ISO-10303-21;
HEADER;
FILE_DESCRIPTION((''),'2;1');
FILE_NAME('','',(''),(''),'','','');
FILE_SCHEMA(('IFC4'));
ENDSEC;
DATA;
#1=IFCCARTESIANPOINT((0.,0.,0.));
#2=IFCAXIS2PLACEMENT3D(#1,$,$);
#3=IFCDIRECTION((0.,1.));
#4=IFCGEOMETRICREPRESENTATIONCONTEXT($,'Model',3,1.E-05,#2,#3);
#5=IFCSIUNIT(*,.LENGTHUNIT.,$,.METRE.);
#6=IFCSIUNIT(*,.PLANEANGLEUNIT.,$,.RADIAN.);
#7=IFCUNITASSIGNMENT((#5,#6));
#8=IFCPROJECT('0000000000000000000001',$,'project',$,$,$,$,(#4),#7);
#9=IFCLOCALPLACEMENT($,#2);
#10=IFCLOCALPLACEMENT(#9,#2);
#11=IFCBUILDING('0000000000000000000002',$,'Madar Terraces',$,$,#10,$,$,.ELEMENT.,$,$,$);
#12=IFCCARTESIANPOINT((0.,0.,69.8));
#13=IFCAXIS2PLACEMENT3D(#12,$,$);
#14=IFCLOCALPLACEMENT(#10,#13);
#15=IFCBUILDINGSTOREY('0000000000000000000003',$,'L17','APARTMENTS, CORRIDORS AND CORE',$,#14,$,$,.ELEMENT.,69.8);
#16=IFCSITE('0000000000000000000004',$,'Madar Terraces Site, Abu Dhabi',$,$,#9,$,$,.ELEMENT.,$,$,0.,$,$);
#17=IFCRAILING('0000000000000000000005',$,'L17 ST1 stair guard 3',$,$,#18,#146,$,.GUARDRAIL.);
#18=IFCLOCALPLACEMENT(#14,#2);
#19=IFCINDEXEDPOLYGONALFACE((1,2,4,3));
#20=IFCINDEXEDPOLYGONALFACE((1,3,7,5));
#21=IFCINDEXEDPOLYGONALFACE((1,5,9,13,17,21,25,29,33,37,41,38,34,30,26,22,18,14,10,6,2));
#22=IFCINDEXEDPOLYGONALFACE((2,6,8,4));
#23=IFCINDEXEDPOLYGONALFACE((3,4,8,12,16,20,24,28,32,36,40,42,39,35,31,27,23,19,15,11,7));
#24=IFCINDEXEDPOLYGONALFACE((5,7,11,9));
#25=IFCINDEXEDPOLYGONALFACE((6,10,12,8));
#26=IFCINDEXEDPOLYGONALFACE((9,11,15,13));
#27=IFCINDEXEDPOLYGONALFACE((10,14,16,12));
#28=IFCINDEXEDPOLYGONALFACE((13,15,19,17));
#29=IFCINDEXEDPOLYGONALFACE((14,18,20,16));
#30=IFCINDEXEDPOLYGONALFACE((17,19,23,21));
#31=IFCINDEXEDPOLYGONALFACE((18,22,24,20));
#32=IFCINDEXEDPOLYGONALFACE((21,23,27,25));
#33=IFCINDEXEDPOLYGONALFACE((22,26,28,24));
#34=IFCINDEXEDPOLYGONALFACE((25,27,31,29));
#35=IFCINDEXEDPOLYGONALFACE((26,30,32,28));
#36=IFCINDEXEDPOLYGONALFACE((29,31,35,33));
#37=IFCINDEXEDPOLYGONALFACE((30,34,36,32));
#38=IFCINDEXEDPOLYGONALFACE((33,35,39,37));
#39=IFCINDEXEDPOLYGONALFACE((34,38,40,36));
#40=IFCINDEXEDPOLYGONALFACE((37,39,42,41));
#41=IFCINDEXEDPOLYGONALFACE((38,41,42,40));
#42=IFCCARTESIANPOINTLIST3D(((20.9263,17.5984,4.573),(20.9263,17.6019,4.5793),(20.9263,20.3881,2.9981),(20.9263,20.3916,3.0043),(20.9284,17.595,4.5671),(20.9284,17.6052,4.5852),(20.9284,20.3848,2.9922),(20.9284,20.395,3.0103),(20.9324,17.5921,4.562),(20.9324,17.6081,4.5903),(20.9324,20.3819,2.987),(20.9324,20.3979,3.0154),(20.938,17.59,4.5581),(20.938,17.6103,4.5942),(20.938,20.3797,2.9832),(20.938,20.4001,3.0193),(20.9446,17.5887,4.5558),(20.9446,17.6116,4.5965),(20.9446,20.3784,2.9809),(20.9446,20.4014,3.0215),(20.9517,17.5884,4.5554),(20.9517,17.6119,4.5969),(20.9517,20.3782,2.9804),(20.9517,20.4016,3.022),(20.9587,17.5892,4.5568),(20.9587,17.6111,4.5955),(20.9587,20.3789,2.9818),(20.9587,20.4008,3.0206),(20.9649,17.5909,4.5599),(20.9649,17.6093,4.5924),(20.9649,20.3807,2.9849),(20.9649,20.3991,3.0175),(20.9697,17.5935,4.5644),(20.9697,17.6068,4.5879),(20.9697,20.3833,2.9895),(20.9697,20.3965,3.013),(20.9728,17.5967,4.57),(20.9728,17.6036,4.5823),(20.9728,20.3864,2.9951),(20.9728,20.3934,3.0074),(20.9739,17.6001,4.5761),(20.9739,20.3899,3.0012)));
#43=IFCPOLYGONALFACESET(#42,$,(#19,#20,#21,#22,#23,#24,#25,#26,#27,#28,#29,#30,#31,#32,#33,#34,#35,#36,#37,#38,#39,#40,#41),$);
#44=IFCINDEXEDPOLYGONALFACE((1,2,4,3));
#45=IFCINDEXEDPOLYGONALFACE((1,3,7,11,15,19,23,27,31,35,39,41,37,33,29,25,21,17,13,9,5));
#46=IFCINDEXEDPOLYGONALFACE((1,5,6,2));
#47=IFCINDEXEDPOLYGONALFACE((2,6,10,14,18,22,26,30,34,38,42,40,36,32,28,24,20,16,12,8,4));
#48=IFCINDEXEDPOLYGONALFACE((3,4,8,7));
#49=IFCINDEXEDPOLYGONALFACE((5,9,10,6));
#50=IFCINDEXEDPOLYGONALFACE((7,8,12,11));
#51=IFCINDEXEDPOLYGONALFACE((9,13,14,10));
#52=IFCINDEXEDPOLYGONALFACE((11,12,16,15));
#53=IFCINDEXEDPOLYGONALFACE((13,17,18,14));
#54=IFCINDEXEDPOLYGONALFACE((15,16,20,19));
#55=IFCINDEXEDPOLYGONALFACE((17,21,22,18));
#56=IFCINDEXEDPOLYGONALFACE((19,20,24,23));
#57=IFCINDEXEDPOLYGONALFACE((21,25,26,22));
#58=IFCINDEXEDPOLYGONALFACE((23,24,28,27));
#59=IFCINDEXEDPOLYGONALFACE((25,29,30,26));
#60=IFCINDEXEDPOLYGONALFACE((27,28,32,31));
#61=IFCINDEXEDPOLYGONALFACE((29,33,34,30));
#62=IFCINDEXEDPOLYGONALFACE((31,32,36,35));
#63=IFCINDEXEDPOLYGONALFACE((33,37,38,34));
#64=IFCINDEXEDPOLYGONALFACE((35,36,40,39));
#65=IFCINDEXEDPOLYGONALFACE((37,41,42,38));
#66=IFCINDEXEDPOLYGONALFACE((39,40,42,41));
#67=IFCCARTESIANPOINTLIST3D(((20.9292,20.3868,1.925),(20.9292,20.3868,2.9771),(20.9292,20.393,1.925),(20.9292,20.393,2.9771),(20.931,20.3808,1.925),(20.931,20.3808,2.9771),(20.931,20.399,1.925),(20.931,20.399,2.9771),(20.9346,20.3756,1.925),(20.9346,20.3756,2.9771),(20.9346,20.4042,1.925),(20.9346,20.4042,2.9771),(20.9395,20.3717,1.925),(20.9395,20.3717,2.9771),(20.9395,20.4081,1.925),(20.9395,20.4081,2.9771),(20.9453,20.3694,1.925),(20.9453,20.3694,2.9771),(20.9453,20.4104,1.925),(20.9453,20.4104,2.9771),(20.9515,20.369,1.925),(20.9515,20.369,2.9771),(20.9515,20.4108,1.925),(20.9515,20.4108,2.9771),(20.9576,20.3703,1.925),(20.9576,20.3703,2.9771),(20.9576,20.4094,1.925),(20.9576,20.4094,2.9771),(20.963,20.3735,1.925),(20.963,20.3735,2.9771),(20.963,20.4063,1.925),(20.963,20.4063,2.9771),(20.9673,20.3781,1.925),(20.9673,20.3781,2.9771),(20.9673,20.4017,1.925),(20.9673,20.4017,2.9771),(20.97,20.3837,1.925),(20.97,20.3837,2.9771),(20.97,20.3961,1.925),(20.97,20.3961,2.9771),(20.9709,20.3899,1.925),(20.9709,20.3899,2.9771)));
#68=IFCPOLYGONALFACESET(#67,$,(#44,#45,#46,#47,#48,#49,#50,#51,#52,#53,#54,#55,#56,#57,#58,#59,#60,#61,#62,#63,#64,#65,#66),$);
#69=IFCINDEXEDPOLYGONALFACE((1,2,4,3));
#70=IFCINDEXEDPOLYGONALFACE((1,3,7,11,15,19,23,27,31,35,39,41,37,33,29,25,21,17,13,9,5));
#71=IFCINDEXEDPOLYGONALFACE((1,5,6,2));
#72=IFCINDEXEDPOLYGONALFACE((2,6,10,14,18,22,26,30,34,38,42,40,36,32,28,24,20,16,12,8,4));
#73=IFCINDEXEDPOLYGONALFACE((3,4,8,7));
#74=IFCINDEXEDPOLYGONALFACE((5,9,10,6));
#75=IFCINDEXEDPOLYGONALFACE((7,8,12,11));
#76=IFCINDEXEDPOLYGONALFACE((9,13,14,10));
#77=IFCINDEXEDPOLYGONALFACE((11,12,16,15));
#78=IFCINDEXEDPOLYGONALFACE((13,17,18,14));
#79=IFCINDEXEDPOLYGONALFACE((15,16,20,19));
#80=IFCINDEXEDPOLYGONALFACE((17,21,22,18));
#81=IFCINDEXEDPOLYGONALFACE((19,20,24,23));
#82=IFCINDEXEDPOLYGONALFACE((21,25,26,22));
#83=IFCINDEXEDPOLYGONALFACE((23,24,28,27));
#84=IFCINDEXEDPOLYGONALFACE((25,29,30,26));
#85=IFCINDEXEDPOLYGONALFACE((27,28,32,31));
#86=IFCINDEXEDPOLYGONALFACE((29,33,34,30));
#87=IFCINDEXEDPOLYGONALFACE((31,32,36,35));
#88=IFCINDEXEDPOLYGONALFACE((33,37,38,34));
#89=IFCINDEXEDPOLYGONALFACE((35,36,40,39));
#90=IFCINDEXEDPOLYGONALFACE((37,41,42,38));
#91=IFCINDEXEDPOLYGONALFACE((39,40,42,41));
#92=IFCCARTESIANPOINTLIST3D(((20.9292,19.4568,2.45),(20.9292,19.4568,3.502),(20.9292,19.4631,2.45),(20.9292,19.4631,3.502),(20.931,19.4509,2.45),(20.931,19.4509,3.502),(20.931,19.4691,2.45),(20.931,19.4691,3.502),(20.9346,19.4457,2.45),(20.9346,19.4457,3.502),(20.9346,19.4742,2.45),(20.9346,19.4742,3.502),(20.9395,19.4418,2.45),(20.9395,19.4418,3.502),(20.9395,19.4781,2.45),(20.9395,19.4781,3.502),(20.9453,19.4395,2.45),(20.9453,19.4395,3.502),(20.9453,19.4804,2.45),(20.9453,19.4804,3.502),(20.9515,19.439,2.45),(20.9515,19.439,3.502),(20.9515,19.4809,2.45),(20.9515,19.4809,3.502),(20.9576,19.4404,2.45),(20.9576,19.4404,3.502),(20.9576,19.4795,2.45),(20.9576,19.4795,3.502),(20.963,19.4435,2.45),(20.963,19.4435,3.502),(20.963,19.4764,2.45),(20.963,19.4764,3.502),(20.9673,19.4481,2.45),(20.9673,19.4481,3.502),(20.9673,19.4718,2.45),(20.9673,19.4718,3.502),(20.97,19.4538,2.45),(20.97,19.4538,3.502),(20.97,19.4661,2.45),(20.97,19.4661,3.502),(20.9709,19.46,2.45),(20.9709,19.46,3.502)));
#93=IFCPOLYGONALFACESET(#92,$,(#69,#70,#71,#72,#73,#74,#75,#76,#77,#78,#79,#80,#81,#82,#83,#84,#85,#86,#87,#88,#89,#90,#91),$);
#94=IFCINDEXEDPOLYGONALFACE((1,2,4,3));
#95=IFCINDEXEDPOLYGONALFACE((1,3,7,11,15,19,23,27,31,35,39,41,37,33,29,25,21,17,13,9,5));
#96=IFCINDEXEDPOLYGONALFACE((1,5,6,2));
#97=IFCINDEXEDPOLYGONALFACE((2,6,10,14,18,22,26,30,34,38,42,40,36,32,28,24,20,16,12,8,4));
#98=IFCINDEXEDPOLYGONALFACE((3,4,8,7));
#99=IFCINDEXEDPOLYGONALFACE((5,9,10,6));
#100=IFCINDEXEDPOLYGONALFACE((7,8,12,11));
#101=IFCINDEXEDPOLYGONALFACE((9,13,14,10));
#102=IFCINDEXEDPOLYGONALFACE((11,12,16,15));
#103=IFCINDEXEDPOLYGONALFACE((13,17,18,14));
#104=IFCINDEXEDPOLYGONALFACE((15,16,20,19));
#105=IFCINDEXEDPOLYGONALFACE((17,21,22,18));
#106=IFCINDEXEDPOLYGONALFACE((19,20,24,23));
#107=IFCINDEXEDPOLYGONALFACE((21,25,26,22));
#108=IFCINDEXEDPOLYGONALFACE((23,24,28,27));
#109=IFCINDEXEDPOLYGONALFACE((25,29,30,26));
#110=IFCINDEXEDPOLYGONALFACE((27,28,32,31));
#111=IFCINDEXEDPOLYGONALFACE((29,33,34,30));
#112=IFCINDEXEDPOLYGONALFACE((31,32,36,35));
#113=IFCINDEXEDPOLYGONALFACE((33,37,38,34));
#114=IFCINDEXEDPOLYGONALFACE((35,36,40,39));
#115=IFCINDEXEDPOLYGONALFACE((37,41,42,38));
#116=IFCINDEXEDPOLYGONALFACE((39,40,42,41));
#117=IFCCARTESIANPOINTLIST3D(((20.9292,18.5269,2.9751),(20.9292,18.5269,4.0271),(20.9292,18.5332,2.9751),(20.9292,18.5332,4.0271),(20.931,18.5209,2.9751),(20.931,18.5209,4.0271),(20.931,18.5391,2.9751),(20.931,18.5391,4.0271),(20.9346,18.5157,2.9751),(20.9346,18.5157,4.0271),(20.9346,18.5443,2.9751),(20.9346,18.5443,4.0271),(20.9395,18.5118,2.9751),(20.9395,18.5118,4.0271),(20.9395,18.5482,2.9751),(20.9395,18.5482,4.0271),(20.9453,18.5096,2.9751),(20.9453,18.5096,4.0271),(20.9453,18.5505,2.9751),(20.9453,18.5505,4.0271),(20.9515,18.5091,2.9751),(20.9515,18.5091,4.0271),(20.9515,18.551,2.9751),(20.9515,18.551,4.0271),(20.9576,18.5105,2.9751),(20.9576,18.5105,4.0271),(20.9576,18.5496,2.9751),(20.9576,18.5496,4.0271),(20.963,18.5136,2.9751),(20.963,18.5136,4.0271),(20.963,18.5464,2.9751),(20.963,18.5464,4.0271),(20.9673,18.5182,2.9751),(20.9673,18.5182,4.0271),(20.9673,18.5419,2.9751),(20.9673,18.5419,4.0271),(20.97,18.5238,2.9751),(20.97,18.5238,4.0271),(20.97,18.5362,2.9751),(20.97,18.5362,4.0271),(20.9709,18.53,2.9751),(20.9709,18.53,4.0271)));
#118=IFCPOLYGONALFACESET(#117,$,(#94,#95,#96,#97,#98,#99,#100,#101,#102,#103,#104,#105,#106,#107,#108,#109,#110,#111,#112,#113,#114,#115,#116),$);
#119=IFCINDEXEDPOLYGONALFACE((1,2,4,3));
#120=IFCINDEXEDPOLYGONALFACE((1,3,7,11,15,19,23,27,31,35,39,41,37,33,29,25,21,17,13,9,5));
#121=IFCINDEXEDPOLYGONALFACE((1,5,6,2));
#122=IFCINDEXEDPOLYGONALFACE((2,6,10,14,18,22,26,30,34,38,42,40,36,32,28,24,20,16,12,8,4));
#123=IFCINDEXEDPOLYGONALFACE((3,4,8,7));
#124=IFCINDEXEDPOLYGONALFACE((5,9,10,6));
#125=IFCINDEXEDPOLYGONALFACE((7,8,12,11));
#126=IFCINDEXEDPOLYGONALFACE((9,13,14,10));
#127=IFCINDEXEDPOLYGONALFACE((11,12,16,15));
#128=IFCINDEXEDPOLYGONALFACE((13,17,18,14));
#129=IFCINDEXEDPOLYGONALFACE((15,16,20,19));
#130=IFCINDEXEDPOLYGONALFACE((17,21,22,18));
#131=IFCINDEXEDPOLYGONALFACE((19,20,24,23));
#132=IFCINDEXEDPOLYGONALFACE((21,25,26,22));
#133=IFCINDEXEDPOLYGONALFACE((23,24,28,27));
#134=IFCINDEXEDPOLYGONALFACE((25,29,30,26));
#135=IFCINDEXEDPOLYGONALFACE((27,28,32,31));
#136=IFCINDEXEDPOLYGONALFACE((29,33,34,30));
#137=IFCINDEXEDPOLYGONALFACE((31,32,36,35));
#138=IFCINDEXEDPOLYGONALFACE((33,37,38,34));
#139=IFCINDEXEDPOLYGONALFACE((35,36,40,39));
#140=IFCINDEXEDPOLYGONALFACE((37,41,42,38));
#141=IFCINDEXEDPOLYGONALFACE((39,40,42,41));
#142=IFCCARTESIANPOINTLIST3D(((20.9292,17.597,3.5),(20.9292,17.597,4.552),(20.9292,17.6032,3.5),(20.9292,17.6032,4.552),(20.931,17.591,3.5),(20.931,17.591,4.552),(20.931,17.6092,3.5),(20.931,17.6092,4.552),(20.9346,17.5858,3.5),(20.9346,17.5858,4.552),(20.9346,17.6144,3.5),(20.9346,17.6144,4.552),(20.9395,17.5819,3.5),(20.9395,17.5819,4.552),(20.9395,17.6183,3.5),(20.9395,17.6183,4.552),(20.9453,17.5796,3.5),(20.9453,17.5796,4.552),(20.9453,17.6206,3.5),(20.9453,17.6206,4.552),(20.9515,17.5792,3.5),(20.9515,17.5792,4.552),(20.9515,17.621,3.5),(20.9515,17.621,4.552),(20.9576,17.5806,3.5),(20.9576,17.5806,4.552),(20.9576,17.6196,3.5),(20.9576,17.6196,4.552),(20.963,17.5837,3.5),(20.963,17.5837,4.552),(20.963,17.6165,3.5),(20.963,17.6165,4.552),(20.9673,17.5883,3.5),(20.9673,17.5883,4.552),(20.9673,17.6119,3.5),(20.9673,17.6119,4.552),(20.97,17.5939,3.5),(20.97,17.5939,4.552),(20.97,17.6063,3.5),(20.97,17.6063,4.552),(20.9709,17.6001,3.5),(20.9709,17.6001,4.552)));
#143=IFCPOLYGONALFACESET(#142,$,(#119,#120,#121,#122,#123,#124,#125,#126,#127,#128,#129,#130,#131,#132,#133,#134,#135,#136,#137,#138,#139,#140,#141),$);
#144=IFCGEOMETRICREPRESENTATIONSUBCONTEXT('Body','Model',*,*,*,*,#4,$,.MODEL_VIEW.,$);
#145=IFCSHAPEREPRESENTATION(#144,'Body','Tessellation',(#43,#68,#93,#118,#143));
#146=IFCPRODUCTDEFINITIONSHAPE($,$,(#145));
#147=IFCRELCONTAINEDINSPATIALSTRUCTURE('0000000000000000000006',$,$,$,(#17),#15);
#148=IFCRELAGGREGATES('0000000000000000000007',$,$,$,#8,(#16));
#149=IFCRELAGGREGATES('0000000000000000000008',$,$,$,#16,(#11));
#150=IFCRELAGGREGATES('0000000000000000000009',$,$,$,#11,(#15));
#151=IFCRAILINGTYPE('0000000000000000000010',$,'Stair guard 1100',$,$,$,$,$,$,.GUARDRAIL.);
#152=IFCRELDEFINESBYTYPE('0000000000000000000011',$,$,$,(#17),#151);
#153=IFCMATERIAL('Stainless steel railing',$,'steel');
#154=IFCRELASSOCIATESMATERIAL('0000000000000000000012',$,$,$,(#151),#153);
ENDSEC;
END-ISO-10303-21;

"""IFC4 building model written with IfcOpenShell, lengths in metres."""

from ifc_helpers import new_model, si_unit, direction, frame, origin, origin_2d, place, context, subcontext, project, spatial, circle, extrude, material, type_object, element, save


model = new_model("IFC4")

# Units and contexts
model_context = context("Model", 3, precision=1e-05, world=origin(), true_north=direction((0.0, 1.0)))
body_context = subcontext(model_context, "Body", "Model", "MODEL_VIEW")
ifc_project = project(units=[si_unit("LENGTHUNIT", "METRE"), si_unit("PLANEANGLEUNIT", "RADIAN")], contexts=[model_context])

# Site, building, storey
site_placement = place(None, origin())
site = spatial("IfcSite", under=ifc_project, at=site_placement, Name="Madar Terraces Site, Abu Dhabi", CompositionType="ELEMENT", RefElevation=0.0)
building_placement = place(site_placement, origin())
building = spatial("IfcBuilding", under=site, at=building_placement, Name="Madar Terraces", CompositionType="ELEMENT")
storey_placement = place(building_placement, frame((0.0, 0.0, 69.8)))
storey = spatial("IfcBuildingStorey", under=building, at=storey_placement, Name="L17", Description="APARTMENTS, CORRIDORS AND CORE", CompositionType="ELEMENT", Elevation=69.8)

# Railing
ifc_material_1 = material(Name="Stainless steel railing", Category="steel")
railing_type_1 = type_object("IfcRailingType", Name="Stair guard 1100", PredefinedType="GUARDRAIL", material=ifc_material_1)
railing_1_placement = place(storey_placement, frame((20.95, 20.3899, 1.925)))
element("IfcRailing", 1, at=railing_1_placement, inside=storey, type_object=railing_type_1, Name="L17 ST1 stair guard 3", PredefinedType="GUARDRAIL", context=body_context, shape_type="SweptSolid", body=[
    extrude(circle(Radius=0.0239, at=origin_2d()), frame((0.0, 0.0, 1.0762), z_axis=(0.0, -0.870815, 0.49161), x_axis=(1.0, 0.0, 0.0)), (0.0, 0.0, 1.0), 3.2036),
    extrude(circle(Radius=0.021, at=origin_2d()), origin(), (0.0, 0.0, 1.0), 1.052),
    extrude(circle(Radius=0.021, at=origin_2d()), frame((0.0, -0.9299, 0.5249)), (0.0, 0.0, 1.0), 1.052),
    extrude(circle(Radius=0.021, at=origin_2d()), frame((0.0, -1.8599, 1.05)), (0.0, 0.0, 1.0), 1.052),
    extrude(circle(Radius=0.021, at=origin_2d()), frame((0.0, -2.7898, 1.575)), (0.0, 0.0, 1.0), 1.052),
])

save(model, "model.ifc")
